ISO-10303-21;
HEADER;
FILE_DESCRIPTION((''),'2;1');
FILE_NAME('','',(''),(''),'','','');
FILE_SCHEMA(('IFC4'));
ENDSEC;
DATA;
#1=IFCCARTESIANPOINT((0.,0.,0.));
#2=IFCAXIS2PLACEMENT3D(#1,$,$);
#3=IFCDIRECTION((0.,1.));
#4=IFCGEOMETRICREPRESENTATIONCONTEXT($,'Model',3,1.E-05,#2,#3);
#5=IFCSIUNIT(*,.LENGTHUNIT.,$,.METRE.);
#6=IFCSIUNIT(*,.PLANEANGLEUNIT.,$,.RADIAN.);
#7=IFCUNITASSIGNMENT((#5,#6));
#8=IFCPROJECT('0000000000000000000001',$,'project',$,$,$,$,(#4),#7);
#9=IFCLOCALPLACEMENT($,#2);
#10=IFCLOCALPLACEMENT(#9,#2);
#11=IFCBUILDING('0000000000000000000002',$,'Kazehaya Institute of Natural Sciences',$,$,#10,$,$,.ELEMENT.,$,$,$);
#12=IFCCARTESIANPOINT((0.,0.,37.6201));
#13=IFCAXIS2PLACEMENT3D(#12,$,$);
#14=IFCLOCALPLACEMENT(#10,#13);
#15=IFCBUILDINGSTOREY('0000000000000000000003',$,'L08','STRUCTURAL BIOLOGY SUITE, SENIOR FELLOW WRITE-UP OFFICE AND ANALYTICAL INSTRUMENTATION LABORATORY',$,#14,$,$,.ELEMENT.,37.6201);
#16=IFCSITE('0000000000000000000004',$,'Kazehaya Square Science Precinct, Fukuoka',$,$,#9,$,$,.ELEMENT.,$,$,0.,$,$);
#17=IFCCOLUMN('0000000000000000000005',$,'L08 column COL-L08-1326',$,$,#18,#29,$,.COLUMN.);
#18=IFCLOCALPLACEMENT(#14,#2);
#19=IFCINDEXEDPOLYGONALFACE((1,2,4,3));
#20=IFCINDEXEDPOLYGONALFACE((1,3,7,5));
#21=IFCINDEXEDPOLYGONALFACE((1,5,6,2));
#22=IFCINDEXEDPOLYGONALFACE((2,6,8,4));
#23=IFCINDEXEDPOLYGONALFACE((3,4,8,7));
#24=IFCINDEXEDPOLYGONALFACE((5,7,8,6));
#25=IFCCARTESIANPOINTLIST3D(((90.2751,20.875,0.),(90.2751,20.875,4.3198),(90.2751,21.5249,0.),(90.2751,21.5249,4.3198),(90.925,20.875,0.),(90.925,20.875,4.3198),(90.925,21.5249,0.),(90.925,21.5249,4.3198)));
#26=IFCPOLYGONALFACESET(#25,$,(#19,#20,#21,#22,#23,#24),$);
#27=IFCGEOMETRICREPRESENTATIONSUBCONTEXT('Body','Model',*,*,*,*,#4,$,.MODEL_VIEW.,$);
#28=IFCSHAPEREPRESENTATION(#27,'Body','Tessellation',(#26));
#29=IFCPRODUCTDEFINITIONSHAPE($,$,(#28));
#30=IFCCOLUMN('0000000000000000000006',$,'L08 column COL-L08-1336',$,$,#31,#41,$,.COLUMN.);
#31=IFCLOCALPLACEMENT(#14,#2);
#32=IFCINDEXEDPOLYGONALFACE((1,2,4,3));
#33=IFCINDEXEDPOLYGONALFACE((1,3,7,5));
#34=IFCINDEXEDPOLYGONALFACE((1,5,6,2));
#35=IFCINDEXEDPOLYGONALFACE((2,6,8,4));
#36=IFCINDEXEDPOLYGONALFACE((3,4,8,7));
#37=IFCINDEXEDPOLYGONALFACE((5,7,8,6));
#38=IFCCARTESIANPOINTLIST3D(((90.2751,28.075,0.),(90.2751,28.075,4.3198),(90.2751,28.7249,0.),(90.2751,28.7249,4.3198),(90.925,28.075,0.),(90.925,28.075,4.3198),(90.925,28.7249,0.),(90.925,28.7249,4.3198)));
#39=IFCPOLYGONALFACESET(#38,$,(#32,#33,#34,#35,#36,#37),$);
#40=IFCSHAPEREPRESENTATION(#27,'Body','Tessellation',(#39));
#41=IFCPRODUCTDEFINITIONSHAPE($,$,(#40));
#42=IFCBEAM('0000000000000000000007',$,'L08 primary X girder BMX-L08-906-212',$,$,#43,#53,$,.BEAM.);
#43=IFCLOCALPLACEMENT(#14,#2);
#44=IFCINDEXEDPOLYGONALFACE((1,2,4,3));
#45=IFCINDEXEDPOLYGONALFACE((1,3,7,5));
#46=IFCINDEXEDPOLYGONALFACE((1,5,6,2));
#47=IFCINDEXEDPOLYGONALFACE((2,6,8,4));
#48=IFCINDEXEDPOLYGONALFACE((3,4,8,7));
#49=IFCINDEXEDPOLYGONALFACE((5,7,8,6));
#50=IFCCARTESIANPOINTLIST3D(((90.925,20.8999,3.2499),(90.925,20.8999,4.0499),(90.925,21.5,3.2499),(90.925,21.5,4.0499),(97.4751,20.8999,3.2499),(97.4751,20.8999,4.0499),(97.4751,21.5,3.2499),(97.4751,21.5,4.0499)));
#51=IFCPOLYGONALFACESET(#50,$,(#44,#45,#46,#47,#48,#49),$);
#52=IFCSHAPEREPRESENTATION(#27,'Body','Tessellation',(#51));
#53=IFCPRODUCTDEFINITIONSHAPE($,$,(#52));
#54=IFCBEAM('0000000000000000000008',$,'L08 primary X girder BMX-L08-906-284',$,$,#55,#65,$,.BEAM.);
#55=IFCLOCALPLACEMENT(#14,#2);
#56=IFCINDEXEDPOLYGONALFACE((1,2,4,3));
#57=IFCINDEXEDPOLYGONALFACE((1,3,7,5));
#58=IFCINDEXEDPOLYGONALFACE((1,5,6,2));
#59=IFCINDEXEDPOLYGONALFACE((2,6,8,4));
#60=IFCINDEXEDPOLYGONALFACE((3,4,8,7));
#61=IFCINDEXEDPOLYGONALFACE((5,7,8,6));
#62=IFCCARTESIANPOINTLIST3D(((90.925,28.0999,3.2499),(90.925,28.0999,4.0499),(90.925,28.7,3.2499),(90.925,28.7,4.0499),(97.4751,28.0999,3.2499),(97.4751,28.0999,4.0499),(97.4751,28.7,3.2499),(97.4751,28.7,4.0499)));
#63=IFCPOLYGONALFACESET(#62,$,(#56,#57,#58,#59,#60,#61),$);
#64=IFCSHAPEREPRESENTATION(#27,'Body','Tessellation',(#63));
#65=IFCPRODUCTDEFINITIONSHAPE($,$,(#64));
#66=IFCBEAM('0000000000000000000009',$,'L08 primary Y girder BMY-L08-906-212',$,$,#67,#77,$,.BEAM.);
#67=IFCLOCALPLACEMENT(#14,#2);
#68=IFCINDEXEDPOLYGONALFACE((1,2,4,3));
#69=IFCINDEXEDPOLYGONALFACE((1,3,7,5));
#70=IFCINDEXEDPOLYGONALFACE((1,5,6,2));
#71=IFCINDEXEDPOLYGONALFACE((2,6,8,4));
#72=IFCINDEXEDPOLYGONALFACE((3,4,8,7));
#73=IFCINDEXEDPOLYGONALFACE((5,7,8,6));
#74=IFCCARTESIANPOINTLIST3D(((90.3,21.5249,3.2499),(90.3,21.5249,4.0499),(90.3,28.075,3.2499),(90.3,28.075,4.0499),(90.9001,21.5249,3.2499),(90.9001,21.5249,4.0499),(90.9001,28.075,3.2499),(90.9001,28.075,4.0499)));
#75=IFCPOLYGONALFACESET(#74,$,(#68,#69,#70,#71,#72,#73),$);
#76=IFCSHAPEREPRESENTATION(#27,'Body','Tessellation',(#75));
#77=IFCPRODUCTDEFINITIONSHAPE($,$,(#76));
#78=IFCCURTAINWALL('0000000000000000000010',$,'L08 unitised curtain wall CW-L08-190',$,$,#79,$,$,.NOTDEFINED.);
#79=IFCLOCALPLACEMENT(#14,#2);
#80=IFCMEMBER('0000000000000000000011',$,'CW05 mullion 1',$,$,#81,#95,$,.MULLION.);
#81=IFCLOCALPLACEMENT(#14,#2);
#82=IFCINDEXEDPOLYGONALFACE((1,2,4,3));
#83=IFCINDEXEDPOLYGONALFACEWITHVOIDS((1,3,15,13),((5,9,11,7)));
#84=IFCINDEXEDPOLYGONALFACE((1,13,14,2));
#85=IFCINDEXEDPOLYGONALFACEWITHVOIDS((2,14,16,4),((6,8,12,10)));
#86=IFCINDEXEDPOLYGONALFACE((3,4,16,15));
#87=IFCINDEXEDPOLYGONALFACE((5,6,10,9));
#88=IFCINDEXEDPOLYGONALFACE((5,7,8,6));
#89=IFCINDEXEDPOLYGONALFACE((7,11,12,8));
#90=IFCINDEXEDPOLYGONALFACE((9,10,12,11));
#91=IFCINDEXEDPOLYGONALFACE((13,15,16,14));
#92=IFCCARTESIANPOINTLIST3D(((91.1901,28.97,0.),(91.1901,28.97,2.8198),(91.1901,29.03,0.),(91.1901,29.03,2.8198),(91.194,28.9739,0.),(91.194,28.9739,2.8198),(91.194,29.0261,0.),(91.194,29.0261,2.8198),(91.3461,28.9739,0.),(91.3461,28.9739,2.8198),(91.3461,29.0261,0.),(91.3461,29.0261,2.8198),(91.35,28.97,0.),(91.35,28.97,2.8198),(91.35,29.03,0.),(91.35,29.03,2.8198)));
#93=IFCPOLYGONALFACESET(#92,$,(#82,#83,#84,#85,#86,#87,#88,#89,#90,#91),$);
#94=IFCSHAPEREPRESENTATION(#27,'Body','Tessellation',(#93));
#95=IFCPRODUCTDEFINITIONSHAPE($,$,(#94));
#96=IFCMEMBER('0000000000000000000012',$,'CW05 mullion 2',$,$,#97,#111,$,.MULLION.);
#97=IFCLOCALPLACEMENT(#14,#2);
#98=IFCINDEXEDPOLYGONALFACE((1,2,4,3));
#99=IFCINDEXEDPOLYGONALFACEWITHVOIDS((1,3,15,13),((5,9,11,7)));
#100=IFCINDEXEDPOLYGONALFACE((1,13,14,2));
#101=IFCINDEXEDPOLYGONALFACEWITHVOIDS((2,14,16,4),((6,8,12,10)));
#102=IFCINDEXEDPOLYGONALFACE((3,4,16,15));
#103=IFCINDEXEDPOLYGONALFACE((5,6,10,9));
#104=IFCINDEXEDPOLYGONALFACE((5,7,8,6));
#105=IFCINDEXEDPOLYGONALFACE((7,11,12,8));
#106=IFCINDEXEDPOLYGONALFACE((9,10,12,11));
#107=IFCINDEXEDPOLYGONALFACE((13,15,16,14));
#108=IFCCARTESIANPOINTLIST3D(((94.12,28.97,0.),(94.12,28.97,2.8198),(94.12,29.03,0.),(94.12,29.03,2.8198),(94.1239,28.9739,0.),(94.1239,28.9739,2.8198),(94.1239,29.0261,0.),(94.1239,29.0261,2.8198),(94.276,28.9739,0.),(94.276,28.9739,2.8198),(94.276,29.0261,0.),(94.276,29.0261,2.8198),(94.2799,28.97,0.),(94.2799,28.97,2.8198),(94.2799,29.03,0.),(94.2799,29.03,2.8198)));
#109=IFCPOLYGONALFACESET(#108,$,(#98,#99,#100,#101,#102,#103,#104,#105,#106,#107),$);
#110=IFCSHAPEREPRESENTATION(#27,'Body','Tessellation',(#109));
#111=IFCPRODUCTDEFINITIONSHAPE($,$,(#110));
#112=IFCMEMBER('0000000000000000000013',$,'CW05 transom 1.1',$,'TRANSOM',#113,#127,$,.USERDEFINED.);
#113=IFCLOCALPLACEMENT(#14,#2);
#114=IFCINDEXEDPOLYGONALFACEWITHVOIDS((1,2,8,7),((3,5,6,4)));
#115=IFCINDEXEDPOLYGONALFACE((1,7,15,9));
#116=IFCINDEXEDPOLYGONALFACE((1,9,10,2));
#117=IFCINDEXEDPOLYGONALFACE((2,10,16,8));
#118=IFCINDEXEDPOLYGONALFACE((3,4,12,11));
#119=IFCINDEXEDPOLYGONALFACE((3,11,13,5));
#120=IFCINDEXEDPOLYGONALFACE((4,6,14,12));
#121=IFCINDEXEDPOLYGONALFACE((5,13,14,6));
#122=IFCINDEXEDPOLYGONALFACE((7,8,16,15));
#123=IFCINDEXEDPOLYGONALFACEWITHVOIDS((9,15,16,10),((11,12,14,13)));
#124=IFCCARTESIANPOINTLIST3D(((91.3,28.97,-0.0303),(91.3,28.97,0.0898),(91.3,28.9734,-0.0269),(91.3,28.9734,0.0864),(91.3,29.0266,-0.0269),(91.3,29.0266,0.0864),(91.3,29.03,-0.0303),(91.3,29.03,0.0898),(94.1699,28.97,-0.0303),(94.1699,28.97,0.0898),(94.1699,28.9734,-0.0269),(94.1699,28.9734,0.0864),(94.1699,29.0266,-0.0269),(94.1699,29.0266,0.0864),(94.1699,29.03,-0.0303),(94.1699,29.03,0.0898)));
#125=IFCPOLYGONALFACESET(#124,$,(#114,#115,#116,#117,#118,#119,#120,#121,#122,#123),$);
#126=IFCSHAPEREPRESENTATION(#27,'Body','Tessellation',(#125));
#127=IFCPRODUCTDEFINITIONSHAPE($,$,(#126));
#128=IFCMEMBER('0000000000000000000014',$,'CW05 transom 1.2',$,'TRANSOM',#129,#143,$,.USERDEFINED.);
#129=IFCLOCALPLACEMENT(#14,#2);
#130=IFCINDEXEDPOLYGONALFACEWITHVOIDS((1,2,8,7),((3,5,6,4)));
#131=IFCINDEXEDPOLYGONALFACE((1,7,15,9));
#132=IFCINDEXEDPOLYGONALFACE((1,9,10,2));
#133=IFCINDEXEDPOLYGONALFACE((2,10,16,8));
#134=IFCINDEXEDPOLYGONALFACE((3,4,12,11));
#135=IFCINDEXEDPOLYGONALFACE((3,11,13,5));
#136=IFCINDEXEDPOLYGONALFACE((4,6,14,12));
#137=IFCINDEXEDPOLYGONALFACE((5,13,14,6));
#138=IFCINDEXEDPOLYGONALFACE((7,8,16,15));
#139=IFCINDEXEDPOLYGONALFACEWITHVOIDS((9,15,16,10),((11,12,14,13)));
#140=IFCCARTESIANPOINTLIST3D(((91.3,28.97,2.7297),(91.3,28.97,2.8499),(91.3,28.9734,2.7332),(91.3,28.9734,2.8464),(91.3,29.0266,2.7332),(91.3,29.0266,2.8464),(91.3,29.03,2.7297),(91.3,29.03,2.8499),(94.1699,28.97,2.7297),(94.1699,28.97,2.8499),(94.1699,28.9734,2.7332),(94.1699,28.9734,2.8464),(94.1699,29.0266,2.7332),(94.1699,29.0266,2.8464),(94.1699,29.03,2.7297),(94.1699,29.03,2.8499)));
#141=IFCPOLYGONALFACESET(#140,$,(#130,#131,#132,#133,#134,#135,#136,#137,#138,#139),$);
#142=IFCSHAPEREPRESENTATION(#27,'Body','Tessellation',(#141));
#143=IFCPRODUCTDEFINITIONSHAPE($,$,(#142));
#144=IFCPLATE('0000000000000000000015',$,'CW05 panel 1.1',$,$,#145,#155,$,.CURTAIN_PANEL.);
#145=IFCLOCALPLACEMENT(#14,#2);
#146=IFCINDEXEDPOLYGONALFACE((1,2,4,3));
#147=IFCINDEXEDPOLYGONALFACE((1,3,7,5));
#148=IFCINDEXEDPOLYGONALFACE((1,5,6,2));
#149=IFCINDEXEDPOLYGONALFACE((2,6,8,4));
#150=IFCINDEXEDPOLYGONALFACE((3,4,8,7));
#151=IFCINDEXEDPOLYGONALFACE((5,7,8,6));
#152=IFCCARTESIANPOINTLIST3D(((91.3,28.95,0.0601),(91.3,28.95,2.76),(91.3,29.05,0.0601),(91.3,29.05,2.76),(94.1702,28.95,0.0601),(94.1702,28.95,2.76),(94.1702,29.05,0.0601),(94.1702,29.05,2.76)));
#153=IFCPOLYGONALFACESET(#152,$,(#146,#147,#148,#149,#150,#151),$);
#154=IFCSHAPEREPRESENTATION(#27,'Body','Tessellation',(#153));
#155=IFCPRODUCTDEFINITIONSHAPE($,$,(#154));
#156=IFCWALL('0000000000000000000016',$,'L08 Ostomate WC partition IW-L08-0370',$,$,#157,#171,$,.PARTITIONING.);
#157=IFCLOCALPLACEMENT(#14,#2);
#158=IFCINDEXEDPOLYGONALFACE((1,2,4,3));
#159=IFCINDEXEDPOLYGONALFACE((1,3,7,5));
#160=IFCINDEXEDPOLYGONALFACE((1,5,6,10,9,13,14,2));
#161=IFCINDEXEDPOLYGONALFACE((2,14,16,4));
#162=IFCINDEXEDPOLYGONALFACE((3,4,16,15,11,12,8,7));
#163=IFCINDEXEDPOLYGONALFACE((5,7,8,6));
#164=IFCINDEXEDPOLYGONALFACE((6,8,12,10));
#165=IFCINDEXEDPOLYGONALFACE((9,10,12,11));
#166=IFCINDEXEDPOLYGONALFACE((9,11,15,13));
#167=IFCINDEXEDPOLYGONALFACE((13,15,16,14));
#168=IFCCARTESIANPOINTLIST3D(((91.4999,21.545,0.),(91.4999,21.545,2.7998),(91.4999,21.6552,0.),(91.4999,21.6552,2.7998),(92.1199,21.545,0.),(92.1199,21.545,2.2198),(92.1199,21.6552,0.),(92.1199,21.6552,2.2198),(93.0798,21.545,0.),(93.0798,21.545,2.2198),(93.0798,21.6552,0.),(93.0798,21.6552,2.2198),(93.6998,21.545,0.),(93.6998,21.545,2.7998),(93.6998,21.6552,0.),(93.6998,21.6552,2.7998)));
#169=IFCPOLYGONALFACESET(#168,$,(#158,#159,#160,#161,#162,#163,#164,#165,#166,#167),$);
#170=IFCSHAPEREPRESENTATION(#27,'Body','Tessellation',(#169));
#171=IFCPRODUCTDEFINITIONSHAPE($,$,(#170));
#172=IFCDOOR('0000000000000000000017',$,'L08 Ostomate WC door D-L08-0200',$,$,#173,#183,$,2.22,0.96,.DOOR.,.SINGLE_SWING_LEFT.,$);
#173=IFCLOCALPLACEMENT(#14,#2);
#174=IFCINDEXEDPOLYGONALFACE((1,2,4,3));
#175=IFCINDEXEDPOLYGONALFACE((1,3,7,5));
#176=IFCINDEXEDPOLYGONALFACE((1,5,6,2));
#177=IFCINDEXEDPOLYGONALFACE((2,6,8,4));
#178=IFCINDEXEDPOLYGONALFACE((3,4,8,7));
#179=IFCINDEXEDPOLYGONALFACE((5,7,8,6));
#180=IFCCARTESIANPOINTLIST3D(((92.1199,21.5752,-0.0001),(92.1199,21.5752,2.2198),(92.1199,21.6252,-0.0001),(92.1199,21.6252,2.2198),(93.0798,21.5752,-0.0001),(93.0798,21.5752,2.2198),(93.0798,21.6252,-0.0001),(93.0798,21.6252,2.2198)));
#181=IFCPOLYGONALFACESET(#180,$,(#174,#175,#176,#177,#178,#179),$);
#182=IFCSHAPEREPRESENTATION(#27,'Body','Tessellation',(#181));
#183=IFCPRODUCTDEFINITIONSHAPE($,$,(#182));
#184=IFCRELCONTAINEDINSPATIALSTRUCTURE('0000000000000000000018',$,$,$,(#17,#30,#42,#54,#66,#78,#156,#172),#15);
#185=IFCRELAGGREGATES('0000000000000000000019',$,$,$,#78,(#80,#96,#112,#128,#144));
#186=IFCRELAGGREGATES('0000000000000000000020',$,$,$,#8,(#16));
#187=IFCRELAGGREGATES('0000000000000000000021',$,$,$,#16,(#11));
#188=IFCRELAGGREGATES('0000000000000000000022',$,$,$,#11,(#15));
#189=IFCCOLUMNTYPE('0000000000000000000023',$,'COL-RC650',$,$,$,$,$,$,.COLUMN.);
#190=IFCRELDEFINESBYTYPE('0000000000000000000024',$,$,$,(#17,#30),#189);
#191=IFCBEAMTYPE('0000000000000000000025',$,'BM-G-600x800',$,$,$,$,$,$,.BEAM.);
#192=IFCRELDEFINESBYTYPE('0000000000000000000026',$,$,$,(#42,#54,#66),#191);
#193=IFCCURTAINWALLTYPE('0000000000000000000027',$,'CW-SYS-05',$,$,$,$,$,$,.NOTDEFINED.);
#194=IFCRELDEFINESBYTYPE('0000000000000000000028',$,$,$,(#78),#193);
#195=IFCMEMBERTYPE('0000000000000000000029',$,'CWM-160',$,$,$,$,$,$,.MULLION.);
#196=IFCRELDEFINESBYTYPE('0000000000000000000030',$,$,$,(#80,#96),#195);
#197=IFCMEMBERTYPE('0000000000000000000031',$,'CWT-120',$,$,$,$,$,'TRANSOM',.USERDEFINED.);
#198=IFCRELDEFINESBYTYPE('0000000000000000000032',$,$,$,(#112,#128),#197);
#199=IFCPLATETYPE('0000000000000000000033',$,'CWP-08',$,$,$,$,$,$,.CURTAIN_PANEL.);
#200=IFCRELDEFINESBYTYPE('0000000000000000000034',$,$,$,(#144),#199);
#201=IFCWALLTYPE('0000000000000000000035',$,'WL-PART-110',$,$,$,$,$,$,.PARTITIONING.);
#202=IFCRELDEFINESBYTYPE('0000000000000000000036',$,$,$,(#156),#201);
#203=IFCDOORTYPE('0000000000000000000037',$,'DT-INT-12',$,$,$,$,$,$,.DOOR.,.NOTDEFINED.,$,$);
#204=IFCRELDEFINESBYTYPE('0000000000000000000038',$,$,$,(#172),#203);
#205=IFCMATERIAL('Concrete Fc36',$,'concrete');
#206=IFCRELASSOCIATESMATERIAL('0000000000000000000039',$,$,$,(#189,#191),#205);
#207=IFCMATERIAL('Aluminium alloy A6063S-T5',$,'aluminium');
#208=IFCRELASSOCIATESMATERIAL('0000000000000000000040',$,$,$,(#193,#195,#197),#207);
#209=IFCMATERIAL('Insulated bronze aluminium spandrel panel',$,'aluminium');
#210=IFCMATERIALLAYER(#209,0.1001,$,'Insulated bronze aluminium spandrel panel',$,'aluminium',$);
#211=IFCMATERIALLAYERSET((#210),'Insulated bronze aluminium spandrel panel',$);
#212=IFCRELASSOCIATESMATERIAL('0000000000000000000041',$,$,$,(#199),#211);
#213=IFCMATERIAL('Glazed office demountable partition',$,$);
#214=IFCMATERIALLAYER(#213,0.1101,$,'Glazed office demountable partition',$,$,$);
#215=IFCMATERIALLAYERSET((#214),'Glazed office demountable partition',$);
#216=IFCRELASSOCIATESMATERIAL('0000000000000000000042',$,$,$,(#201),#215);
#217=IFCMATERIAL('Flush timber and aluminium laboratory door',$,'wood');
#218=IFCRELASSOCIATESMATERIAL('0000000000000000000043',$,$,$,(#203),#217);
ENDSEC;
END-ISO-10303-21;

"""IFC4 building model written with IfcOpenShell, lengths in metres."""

from ifc_helpers import new_model, si_unit, direction, frame, frame_2d, origin, origin_2d, place, context, subcontext, project, spatial, rectangle, hollow_rectangle, extrude, material, layer, layer_set, material_profile, profile_set, type_object, element, fill, aggregate, save


model = new_model("IFC4")

# Units and contexts
model_context = context("Model", 3, precision=1e-05, world=origin(), true_north=direction((0.0, 1.0)))
body_context = subcontext(model_context, "Body", "Model", "MODEL_VIEW")
ifc_project = project(units=[si_unit("LENGTHUNIT", "METRE"), si_unit("PLANEANGLEUNIT", "RADIAN")], contexts=[model_context])

# Site, building, storey
site_placement = place(None, origin())
site = spatial("IfcSite", under=ifc_project, at=site_placement, Name="Kazehaya Square Science Precinct, Fukuoka", CompositionType="ELEMENT", RefElevation=0.0)
building_placement = place(site_placement, origin())
building = spatial("IfcBuilding", under=site, at=building_placement, Name="Kazehaya Institute of Natural Sciences", CompositionType="ELEMENT")
storey_placement = place(building_placement, frame((0.0, 0.0, 37.6201)))
storey = spatial("IfcBuildingStorey", under=building, at=storey_placement, Name="L08", Description="STRUCTURAL BIOLOGY SUITE, SENIOR FELLOW WRITE-UP OFFICE AND ANALYTICAL INSTRUMENTATION LABORATORY", CompositionType="ELEMENT", Elevation=37.6201)

# Columns
ifc_material_1 = material(Name="Concrete Fc36", Category="concrete")
ifc_material_profile_1 = material_profile(ifc_material_1, rectangle(XDim=0.6499, YDim=0.6499, at=origin_2d()), Name="RC-650x650")
ifc_profile_set_1 = profile_set([ifc_material_profile_1], Name="Concrete Fc36")
column_type = type_object("IfcColumnType", Name="COL-RC650", PredefinedType="COLUMN", material=ifc_profile_set_1)
for number, where, z_axis, x_axis, name in (
    (1, (90.6001, 21.2, 0.0), (0.0, 0.0, 1.0), (1.0, 0.0, 0.0), "L08 column COL-L08-1326"),
    (2, (90.6001, 28.3999, 0.0), (0.0, 0.0, 1.0), (1.0, 0.0, 0.0), "L08 column COL-L08-1336"),
):
    element("IfcColumn", number, at=place(storey_placement, frame(where, z_axis=z_axis, x_axis=x_axis)), inside=storey, type_object=column_type, Name=name, PredefinedType="COLUMN", context=body_context, shape_type="SweptSolid", body=[
        extrude(rectangle(XDim=0.6499, YDim=0.6499, at=origin_2d()), origin(), (0.0, 0.0, 1.0), 4.3198),
    ])

# Beams
ifc_material_profile_2 = material_profile(ifc_material_1, rectangle(XDim=0.6001, YDim=0.8, at=origin_2d()), Name="RC-600x800")
ifc_profile_set_2 = profile_set([ifc_material_profile_2], Name="Concrete Fc36")
beam_type = type_object("IfcBeamType", Name="BM-G-600x800", PredefinedType="BEAM", material=ifc_profile_set_2)
for number, where, z_axis, x_axis, name in (
    (3, (90.925, 21.2, 3.6499), (1.0, 0.0, 0.0), (0.0, 1.0, 0.0), "L08 primary X girder BMX-L08-906-212"),
    (4, (90.925, 28.3999, 3.6499), (1.0, 0.0, 0.0), (0.0, 1.0, 0.0), "L08 primary X girder BMX-L08-906-284"),
    (5, (90.6001, 21.5249, 3.6499), (0.0, 1.0, 0.0), (-1.0, 0.0, 0.0), "L08 primary Y girder BMY-L08-906-212"),
):
    element("IfcBeam", number, at=place(storey_placement, frame(where, z_axis=z_axis, x_axis=x_axis)), inside=storey, type_object=beam_type, Name=name, PredefinedType="BEAM", context=body_context, shape_type="SweptSolid", body=[
        extrude(rectangle(XDim=0.6001, YDim=0.8, at=origin_2d()), origin(), (0.0, 0.0, 1.0), 6.55),
    ])

# Curtain wall, members, plate
ifc_material_2 = material(Name="Aluminium alloy A6063S-T5", Category="aluminium")
curtain_wall_type = type_object("IfcCurtainWallType", Name="CW-SYS-05", PredefinedType="NOTDEFINED", material=ifc_material_2)
curtain_wall_placement = place(storey_placement, origin())
curtain_wall = element("IfcCurtainWall", 6, at=curtain_wall_placement, inside=storey, type_object=curtain_wall_type, Name="L08 unitised curtain wall CW-L08-190", PredefinedType="NOTDEFINED")
ifc_material_profile_3 = material_profile(ifc_material_2, hollow_rectangle(XDim=0.0601, YDim=0.1599, WallThickness=0.0039, at=origin_2d()), Name="ALU-60x160x4")
ifc_profile_set_3 = profile_set([ifc_material_profile_3], Name="Aluminium alloy A6063S-T5")
member_type_1 = type_object("IfcMemberType", Name="CWM-160", PredefinedType="MULLION", material=ifc_profile_set_3)
member_1_placement = place(storey_placement, frame((91.27, 29.0, 0.0), z_axis=(0.0, 0.0, 1.0), x_axis=(0.0, 1.0, 0.0)))
member_1 = element("IfcMember", 7, at=member_1_placement, type_object=member_type_1, Name="CW05 mullion 1", PredefinedType="MULLION", context=body_context, shape_type="SweptSolid", body=[
    extrude(hollow_rectangle(XDim=0.0601, YDim=0.1599, WallThickness=0.0039, at=origin_2d()), origin(), (0.0, 0.0, 1.0), 2.8198),
])
member_2_placement = place(storey_placement, frame((94.2, 29.0, 0.0), z_axis=(0.0, 0.0, 1.0), x_axis=(0.0, 1.0, 0.0)))
member_2 = element("IfcMember", 8, at=member_2_placement, type_object=member_type_1, Name="CW05 mullion 2", PredefinedType="MULLION", context=body_context, shape_type="SweptSolid", body=[
    extrude(hollow_rectangle(XDim=0.0601, YDim=0.1599, WallThickness=0.0039, at=origin_2d()), origin(), (0.0, 0.0, 1.0), 2.8198),
])
ifc_material_profile_4 = material_profile(ifc_material_2, hollow_rectangle(XDim=0.0601, YDim=0.1201, WallThickness=0.0034, at=origin_2d()), Name="ALU-60x120x3.5")
ifc_profile_set_4 = profile_set([ifc_material_profile_4], Name="Aluminium alloy A6063S-T5")
member_type_2 = type_object("IfcMemberType", Name="CWT-120", ElementType="TRANSOM", PredefinedType="USERDEFINED", material=ifc_profile_set_4)
member_3_placement = place(storey_placement, frame((91.3, 29.0, 0.0298), z_axis=(1.0, 0.0, 0.0), x_axis=(0.0, 1.0, 0.0)))
member_3 = element("IfcMember", 9, at=member_3_placement, type_object=member_type_2, Name="CW05 transom 1.1", ObjectType="TRANSOM", PredefinedType="USERDEFINED", context=body_context, shape_type="SweptSolid", body=[
    extrude(hollow_rectangle(XDim=0.0601, YDim=0.1201, WallThickness=0.0034, at=origin_2d()), origin(), (0.0, 0.0, 1.0), 2.8699),
])
member_4_placement = place(storey_placement, frame((91.3, 29.0, 2.7898), z_axis=(1.0, 0.0, 0.0), x_axis=(0.0, 1.0, 0.0)))
member_4 = element("IfcMember", 10, at=member_4_placement, type_object=member_type_2, Name="CW05 transom 1.2", ObjectType="TRANSOM", PredefinedType="USERDEFINED", context=body_context, shape_type="SweptSolid", body=[
    extrude(hollow_rectangle(XDim=0.0601, YDim=0.1201, WallThickness=0.0034, at=origin_2d()), origin(), (0.0, 0.0, 1.0), 2.8699),
])
ifc_material_3 = material(Name="Insulated bronze aluminium spandrel panel", Category="aluminium")
ifc_layer_1 = layer(ifc_material_3, 0.1001, Name="Insulated bronze aluminium spandrel panel", Category="aluminium")
ifc_layer_set_1 = layer_set([ifc_layer_1], Name="Insulated bronze aluminium spandrel panel")
plate_type = type_object("IfcPlateType", Name="CWP-08", PredefinedType="CURTAIN_PANEL", material=ifc_layer_set_1)
plate_placement = place(storey_placement, frame((92.7351, 29.0, 0.0601), z_axis=(0.0, 0.0, 1.0), x_axis=(1.0, 0.0, 0.0)))
plate = element("IfcPlate", 11, at=plate_placement, type_object=plate_type, Name="CW05 panel 1.1", PredefinedType="CURTAIN_PANEL", context=body_context, shape_type="SweptSolid", body=[
    extrude(rectangle(XDim=2.8701, YDim=0.1001, at=origin_2d()), origin(), (0.0, 0.0, 1.0), 2.7),
])
aggregate(curtain_wall, [member_1, member_2, member_3, member_4, plate])

# Wall, opening, door
ifc_material_4 = material(Name="Glazed office demountable partition")
ifc_layer_2 = layer(ifc_material_4, 0.1101, Name="Glazed office demountable partition")
ifc_layer_set_2 = layer_set([ifc_layer_2], Name="Glazed office demountable partition")
wall_type_1 = type_object("IfcWallType", Name="WL-PART-110", PredefinedType="PARTITIONING", material=ifc_layer_set_2)
wall_1_placement = place(storey_placement, frame((93.7, 21.6001, 0.0), z_axis=(0.0, 0.0, 1.0), x_axis=(-1.0, 0.0, 0.0)))
wall_1 = element("IfcWall", 12, at=wall_1_placement, inside=storey, type_object=wall_type_1, Name="L08 Ostomate WC partition IW-L08-0370", PredefinedType="PARTITIONING", context=body_context, shape_type="SweptSolid", body=[
    extrude(rectangle(XDim=2.2, YDim=0.1101, at=frame_2d((1.1001, 0.0))), origin(), (0.0, 0.0, 1.0), 2.7998),
])
opening_placement = place(wall_1_placement, frame((0.6201, 0.0, 0.0)))
opening = element("IfcOpeningElement", 13, at=opening_placement, cuts=wall_1, PredefinedType="OPENING", context=body_context, shape_type="SweptSolid", body=[
    extrude(rectangle(XDim=0.96, YDim=2.22, at=frame_2d((0.48, 1.1099))), frame((0.0, 0.0649, 0.0), z_axis=(0.0, -1.0, 0.0), x_axis=(1.0, 0.0, 0.0)), (0.0, 0.0, 1.0), 0.1301),
])
ifc_material_5 = material(Name="Flush timber and aluminium laboratory door", Category="wood")
door_type = type_object("IfcDoorType", Name="DT-INT-12", OperationType="NOTDEFINED", PredefinedType="DOOR", material=ifc_material_5)
door_placement = place(opening_placement, origin())
door = element("IfcDoor", 14, at=door_placement, inside=storey, type_object=door_type, Name="L08 Ostomate WC door D-L08-0200", OperationType="SINGLE_SWING_LEFT", OverallHeight=2.22, OverallWidth=0.96, PredefinedType="DOOR", context=body_context, shape_type="SweptSolid", body=[
    extrude(rectangle(XDim=0.96, YDim=2.22, at=frame_2d((0.48, 1.1099))), frame((0.0, 0.0249, 0.0), z_axis=(0.0, -1.0, 0.0), x_axis=(1.0, 0.0, 0.0)), (0.0, 0.0, 1.0), 0.05),
])
fill(opening, door)

save(model, "model.ifc")
